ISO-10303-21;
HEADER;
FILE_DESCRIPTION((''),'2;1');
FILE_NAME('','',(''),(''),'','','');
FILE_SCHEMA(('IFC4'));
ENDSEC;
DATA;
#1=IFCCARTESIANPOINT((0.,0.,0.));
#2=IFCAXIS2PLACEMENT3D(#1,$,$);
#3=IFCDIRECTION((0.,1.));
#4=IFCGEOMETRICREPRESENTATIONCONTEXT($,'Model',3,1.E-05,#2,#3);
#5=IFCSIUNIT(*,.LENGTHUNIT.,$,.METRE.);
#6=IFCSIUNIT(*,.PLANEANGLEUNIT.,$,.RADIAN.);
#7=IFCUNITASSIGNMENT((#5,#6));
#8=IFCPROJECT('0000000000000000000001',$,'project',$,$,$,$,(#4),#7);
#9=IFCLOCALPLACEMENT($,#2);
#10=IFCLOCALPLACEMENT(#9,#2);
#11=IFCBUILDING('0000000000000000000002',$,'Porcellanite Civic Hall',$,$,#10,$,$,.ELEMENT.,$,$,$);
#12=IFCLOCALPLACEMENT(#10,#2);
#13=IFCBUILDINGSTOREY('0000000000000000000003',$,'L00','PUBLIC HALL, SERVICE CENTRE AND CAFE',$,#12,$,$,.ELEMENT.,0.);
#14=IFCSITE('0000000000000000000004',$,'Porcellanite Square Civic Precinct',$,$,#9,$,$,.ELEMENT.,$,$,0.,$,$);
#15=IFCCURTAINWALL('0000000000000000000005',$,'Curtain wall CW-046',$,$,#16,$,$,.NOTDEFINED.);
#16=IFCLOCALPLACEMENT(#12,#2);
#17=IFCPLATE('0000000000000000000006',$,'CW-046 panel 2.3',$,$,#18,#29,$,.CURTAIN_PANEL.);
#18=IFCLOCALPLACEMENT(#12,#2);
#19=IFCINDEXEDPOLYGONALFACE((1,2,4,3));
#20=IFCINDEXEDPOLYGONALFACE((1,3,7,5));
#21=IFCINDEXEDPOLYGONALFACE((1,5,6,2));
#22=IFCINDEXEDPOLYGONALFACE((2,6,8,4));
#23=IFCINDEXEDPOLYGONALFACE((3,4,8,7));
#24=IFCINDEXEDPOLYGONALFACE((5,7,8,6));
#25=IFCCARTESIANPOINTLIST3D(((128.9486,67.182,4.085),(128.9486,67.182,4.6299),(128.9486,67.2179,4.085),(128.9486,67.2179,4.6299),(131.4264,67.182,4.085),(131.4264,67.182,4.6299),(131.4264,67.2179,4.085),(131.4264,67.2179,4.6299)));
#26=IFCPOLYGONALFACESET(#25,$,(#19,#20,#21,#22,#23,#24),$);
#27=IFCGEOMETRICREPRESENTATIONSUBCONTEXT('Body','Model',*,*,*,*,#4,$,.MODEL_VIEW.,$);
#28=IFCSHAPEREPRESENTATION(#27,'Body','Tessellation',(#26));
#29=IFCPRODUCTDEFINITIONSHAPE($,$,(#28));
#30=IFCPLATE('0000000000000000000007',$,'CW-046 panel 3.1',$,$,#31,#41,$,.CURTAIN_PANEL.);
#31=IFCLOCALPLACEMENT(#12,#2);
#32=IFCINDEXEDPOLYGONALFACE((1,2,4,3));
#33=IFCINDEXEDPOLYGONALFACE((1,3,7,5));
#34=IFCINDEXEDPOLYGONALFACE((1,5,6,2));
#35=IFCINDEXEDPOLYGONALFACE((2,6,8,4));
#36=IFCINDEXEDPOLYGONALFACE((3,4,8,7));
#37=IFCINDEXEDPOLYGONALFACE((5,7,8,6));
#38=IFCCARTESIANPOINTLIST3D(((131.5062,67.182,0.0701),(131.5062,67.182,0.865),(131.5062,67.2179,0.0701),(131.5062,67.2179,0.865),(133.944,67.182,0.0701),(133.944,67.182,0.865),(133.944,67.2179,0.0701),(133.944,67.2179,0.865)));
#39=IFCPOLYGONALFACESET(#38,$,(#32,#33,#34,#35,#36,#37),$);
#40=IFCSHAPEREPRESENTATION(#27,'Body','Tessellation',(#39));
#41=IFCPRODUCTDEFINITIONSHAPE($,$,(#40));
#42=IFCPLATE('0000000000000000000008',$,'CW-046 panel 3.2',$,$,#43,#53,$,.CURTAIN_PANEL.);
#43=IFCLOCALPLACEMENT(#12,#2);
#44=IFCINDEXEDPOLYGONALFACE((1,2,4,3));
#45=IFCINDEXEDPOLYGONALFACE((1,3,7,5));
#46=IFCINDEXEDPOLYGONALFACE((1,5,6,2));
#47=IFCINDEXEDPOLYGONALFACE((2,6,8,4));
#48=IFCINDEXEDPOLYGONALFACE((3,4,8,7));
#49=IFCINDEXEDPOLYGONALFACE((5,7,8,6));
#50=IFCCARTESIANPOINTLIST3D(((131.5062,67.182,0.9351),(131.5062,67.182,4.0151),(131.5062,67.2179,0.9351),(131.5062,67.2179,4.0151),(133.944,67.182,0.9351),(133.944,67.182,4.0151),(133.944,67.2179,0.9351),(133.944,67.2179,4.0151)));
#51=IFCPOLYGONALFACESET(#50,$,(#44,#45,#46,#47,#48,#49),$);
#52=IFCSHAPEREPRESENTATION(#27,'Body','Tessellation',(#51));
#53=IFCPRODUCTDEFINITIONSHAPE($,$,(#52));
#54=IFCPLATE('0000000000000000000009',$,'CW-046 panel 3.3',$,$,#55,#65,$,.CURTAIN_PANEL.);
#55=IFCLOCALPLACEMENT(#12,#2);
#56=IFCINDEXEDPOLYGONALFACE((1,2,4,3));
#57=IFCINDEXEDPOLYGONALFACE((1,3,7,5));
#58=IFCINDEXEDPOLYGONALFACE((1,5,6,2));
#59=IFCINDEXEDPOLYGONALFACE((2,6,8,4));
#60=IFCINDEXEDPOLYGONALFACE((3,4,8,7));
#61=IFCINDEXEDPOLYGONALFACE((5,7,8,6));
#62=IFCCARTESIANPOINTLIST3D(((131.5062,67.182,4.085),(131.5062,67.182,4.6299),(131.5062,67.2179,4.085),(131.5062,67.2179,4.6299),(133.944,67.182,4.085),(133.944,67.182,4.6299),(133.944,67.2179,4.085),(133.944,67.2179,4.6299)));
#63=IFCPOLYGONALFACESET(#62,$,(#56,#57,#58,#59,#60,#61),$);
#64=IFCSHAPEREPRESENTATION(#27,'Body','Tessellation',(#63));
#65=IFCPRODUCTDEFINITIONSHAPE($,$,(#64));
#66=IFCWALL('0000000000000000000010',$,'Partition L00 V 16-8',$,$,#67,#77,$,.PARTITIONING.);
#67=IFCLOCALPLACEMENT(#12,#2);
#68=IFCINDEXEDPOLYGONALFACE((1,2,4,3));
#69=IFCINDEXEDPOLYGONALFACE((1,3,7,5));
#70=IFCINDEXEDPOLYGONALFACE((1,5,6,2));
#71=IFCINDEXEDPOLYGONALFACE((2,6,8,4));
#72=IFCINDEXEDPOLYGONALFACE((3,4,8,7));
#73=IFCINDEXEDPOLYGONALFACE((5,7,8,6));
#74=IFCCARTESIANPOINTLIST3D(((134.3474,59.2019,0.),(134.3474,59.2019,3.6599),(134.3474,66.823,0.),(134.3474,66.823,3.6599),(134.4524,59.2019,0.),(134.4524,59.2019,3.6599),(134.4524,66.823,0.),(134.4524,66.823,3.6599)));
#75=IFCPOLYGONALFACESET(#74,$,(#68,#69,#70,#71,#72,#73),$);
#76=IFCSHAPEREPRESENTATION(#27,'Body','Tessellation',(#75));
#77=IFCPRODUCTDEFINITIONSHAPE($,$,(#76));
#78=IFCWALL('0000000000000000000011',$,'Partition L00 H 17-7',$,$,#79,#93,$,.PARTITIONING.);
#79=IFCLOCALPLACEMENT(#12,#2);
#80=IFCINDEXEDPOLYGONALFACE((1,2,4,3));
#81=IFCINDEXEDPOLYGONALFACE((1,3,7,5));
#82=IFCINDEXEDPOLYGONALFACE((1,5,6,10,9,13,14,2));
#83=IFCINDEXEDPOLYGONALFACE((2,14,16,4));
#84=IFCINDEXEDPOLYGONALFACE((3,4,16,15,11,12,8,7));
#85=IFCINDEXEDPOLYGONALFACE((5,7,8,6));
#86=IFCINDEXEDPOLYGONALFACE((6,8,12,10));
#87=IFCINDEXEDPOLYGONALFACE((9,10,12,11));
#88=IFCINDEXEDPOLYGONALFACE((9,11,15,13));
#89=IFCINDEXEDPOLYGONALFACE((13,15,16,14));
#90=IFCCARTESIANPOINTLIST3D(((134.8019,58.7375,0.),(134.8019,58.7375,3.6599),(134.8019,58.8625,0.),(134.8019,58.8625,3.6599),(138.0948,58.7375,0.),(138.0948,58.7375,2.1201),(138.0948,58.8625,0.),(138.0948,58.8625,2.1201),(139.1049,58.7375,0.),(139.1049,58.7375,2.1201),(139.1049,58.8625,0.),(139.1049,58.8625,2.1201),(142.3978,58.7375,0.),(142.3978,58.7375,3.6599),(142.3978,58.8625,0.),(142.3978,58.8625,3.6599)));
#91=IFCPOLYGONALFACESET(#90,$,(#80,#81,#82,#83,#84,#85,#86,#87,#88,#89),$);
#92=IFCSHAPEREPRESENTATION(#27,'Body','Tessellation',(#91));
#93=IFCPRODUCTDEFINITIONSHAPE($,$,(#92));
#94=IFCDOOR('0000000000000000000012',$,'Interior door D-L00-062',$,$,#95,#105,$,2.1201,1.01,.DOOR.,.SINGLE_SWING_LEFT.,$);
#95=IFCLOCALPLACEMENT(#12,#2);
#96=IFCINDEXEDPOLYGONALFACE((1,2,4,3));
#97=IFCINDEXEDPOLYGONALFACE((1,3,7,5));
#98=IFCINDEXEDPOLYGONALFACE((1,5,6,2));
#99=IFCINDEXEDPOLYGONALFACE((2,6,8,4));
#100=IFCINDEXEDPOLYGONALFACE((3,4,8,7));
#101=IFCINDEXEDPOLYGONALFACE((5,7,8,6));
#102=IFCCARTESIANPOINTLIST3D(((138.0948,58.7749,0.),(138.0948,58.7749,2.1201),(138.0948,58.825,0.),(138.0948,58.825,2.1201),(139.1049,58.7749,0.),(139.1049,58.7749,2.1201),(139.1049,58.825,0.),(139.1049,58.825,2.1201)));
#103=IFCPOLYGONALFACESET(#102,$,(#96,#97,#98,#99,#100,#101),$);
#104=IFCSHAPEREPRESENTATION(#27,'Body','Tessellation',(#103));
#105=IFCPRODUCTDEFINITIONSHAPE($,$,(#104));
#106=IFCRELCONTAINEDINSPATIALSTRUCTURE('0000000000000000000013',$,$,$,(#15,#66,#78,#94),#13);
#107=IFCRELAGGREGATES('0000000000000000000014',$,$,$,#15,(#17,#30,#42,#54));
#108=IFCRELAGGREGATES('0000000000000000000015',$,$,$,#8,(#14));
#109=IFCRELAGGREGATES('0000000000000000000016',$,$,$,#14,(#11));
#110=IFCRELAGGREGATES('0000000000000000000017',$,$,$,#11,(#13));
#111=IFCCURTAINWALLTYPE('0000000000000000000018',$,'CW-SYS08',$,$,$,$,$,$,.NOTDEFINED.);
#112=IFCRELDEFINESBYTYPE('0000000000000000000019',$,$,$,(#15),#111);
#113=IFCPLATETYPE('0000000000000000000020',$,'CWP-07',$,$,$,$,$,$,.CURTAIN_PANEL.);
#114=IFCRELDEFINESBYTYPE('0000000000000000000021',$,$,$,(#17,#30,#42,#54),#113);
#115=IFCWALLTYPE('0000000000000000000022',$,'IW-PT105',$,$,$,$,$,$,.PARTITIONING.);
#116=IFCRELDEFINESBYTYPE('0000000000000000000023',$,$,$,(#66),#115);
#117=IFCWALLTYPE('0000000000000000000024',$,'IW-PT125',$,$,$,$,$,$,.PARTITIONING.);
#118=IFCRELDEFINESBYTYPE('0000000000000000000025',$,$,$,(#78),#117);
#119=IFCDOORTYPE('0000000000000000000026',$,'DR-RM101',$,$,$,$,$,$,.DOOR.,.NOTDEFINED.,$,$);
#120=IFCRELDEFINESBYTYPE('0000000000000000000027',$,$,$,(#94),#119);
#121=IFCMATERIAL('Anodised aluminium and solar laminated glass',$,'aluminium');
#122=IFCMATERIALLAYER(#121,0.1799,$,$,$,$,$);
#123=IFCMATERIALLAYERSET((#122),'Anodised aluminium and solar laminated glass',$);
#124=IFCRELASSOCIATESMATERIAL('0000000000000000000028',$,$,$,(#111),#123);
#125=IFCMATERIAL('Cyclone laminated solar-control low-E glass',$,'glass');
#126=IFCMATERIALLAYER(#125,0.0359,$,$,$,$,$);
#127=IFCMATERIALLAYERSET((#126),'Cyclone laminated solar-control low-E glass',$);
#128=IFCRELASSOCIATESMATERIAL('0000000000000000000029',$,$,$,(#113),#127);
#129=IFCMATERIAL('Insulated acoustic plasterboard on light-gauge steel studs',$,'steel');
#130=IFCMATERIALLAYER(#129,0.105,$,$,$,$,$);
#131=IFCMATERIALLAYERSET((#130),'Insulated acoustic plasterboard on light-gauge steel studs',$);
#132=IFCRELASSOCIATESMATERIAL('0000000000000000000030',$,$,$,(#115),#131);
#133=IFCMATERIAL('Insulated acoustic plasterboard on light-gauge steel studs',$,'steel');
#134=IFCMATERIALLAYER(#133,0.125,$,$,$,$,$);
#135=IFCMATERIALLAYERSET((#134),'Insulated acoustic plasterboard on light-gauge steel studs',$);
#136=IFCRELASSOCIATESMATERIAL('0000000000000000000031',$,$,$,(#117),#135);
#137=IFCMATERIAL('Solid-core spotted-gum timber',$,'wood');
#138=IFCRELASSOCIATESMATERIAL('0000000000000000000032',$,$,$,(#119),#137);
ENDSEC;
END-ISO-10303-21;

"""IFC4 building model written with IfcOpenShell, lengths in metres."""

from ifc_helpers import new_model, si_unit, direction, frame, frame_2d, origin, origin_2d, place, context, subcontext, project, spatial, rectangle, extrude, material, layer, layer_set, type_object, element, fill, aggregate, save


model = new_model("IFC4")

# Units and contexts
model_context = context("Model", 3, precision=1e-05, world=origin(), true_north=direction((0.0, 1.0)))
body_context = subcontext(model_context, "Body", "Model", "MODEL_VIEW")
ifc_project = project(units=[si_unit("LENGTHUNIT", "METRE"), si_unit("PLANEANGLEUNIT", "RADIAN")], contexts=[model_context])

# Site, building, storey
site_placement = place(None, origin())
site = spatial("IfcSite", under=ifc_project, at=site_placement, Name="Porcellanite Square Civic Precinct", CompositionType="ELEMENT", RefElevation=0.0)
building_placement = place(site_placement, origin())
building = spatial("IfcBuilding", under=site, at=building_placement, Name="Porcellanite Civic Hall", CompositionType="ELEMENT")
storey_placement = place(building_placement, origin())
storey = spatial("IfcBuildingStorey", under=building, at=storey_placement, Name="L00", Description="PUBLIC HALL, SERVICE CENTRE AND CAFE", CompositionType="ELEMENT", Elevation=0.0)

# Curtain wall
ifc_material_1 = material(Name="Anodised aluminium and solar laminated glass", Category="aluminium")
ifc_layer_1 = layer(ifc_material_1, 0.1799)
ifc_layer_set_1 = layer_set([ifc_layer_1], Name="Anodised aluminium and solar laminated glass")
curtain_wall_type = type_object("IfcCurtainWallType", Name="CW-SYS08", PredefinedType="NOTDEFINED", material=ifc_layer_set_1)
curtain_wall_placement = place(storey_placement, origin())
curtain_wall = element("IfcCurtainWall", 1, at=curtain_wall_placement, inside=storey, type_object=curtain_wall_type, Name="Curtain wall CW-046", PredefinedType="NOTDEFINED")

# Plates
ifc_material_2 = material(Name="Cyclone laminated solar-control low-E glass", Category="glass")
ifc_layer_2 = layer(ifc_material_2, 0.0359)
ifc_layer_set_2 = layer_set([ifc_layer_2], Name="Cyclone laminated solar-control low-E glass")
plate_type = type_object("IfcPlateType", Name="CWP-07", PredefinedType="CURTAIN_PANEL", material=ifc_layer_set_2)
plate_1_placement = place(storey_placement, frame((130.1875, 67.2, 4.085), z_axis=(0.0, 0.0, 1.0), x_axis=(1.0, 0.0, 0.0)))
plate_1 = element("IfcPlate", 2, at=plate_1_placement, type_object=plate_type, Name="CW-046 panel 2.3", PredefinedType="CURTAIN_PANEL", context=body_context, shape_type="SweptSolid", body=[
    extrude(rectangle(XDim=2.4778, YDim=0.0359, at=origin_2d()), origin(), (0.0, 0.0, 1.0), 0.5449),
])
plate_2_placement = place(storey_placement, frame((132.7251, 67.2, 0.0701), z_axis=(0.0, 0.0, 1.0), x_axis=(1.0, 0.0, 0.0)))
plate_2 = element("IfcPlate", 3, at=plate_2_placement, type_object=plate_type, Name="CW-046 panel 3.1", PredefinedType="CURTAIN_PANEL", context=body_context, shape_type="SweptSolid", body=[
    extrude(rectangle(XDim=2.4377, YDim=0.0359, at=origin_2d()), origin(), (0.0, 0.0, 1.0), 0.7949),
])
plate_3_placement = place(storey_placement, frame((132.7251, 67.2, 0.9351), z_axis=(0.0, 0.0, 1.0), x_axis=(1.0, 0.0, 0.0)))
plate_3 = element("IfcPlate", 4, at=plate_3_placement, type_object=plate_type, Name="CW-046 panel 3.2", PredefinedType="CURTAIN_PANEL", context=body_context, shape_type="SweptSolid", body=[
    extrude(rectangle(XDim=2.4377, YDim=0.0359, at=origin_2d()), origin(), (0.0, 0.0, 1.0), 3.0801),
])
plate_4_placement = place(storey_placement, frame((132.7251, 67.2, 4.085), z_axis=(0.0, 0.0, 1.0), x_axis=(1.0, 0.0, 0.0)))
plate_4 = element("IfcPlate", 5, at=plate_4_placement, type_object=plate_type, Name="CW-046 panel 3.3", PredefinedType="CURTAIN_PANEL", context=body_context, shape_type="SweptSolid", body=[
    extrude(rectangle(XDim=2.4377, YDim=0.0359, at=origin_2d()), origin(), (0.0, 0.0, 1.0), 0.5449),
])
aggregate(curtain_wall, [plate_1, plate_2, plate_3, plate_4])

# Wall
ifc_material_3 = material(Name="Insulated acoustic plasterboard on light-gauge steel studs", Category="steel")
ifc_layer_3 = layer(ifc_material_3, 0.105)
ifc_layer_set_3 = layer_set([ifc_layer_3], Name="Insulated acoustic plasterboard on light-gauge steel studs")
wall_type_1 = type_object("IfcWallType", Name="IW-PT105", PredefinedType="PARTITIONING", material=ifc_layer_set_3)
wall_1_placement = place(storey_placement, frame((134.3999, 59.2019, 0.0), z_axis=(0.0, 0.0, 1.0), x_axis=(0.0, 1.0, 0.0)))
element("IfcWall", 6, at=wall_1_placement, inside=storey, type_object=wall_type_1, Name="Partition L00 V 16-8", PredefinedType="PARTITIONING", context=body_context, shape_type="SweptSolid", body=[
    extrude(rectangle(XDim=7.6211, YDim=0.105, at=frame_2d((3.8105, 0.0))), origin(), (0.0, 0.0, 1.0), 3.6599),
])

# Wall, opening, door
ifc_material_4 = material(Name="Insulated acoustic plasterboard on light-gauge steel studs", Category="steel")
ifc_layer_4 = layer(ifc_material_4, 0.125)
ifc_layer_set_4 = layer_set([ifc_layer_4], Name="Insulated acoustic plasterboard on light-gauge steel studs")
wall_type_2 = type_object("IfcWallType", Name="IW-PT125", PredefinedType="PARTITIONING", material=ifc_layer_set_4)
wall_2_placement = place(storey_placement, frame((134.802, 58.8, 0.0), z_axis=(0.0, 0.0, 1.0), x_axis=(1.0, 0.0, 0.0)))
wall_2 = element("IfcWall", 7, at=wall_2_placement, inside=storey, type_object=wall_type_2, Name="Partition L00 H 17-7", PredefinedType="PARTITIONING", context=body_context, shape_type="SweptSolid", body=[
    extrude(rectangle(XDim=7.5959, YDim=0.125, at=frame_2d((3.7979, 0.0))), origin(), (0.0, 0.0, 1.0), 3.6599),
])
opening_1_placement = place(wall_2_placement, frame((3.293, 0.0, 0.0)))
opening_1 = element("IfcOpeningElement", 8, at=opening_1_placement, cuts=wall_2, PredefinedType="OPENING", context=body_context, shape_type="SweptSolid", body=[
    extrude(rectangle(XDim=1.01, YDim=2.1201, at=frame_2d((0.5049, 1.0601))), frame((0.0, 0.0625, 0.0), z_axis=(0.0, -1.0, 0.0), x_axis=(1.0, 0.0, 0.0)), (0.0, 0.0, 1.0), 0.125),
])
ifc_material_5 = material(Name="Solid-core spotted-gum timber", Category="wood")
door_type = type_object("IfcDoorType", Name="DR-RM101", OperationType="NOTDEFINED", PredefinedType="DOOR", material=ifc_material_5)
door_placement = place(opening_1_placement, origin())
door = element("IfcDoor", 9, at=door_placement, inside=storey, type_object=door_type, Name="Interior door D-L00-062", OperationType="SINGLE_SWING_LEFT", OverallHeight=2.1201, OverallWidth=1.01, PredefinedType="DOOR", context=body_context, shape_type="SweptSolid", body=[
    extrude(rectangle(XDim=1.01, YDim=2.1201, at=frame_2d((0.5049, 1.0601))), frame((0.0, 0.0249, 0.0), z_axis=(0.0, -1.0, 0.0), x_axis=(1.0, 0.0, 0.0)), (0.0, 0.0, 1.0), 0.05),
])
fill(opening_1, door)

save(model, "model.ifc")
